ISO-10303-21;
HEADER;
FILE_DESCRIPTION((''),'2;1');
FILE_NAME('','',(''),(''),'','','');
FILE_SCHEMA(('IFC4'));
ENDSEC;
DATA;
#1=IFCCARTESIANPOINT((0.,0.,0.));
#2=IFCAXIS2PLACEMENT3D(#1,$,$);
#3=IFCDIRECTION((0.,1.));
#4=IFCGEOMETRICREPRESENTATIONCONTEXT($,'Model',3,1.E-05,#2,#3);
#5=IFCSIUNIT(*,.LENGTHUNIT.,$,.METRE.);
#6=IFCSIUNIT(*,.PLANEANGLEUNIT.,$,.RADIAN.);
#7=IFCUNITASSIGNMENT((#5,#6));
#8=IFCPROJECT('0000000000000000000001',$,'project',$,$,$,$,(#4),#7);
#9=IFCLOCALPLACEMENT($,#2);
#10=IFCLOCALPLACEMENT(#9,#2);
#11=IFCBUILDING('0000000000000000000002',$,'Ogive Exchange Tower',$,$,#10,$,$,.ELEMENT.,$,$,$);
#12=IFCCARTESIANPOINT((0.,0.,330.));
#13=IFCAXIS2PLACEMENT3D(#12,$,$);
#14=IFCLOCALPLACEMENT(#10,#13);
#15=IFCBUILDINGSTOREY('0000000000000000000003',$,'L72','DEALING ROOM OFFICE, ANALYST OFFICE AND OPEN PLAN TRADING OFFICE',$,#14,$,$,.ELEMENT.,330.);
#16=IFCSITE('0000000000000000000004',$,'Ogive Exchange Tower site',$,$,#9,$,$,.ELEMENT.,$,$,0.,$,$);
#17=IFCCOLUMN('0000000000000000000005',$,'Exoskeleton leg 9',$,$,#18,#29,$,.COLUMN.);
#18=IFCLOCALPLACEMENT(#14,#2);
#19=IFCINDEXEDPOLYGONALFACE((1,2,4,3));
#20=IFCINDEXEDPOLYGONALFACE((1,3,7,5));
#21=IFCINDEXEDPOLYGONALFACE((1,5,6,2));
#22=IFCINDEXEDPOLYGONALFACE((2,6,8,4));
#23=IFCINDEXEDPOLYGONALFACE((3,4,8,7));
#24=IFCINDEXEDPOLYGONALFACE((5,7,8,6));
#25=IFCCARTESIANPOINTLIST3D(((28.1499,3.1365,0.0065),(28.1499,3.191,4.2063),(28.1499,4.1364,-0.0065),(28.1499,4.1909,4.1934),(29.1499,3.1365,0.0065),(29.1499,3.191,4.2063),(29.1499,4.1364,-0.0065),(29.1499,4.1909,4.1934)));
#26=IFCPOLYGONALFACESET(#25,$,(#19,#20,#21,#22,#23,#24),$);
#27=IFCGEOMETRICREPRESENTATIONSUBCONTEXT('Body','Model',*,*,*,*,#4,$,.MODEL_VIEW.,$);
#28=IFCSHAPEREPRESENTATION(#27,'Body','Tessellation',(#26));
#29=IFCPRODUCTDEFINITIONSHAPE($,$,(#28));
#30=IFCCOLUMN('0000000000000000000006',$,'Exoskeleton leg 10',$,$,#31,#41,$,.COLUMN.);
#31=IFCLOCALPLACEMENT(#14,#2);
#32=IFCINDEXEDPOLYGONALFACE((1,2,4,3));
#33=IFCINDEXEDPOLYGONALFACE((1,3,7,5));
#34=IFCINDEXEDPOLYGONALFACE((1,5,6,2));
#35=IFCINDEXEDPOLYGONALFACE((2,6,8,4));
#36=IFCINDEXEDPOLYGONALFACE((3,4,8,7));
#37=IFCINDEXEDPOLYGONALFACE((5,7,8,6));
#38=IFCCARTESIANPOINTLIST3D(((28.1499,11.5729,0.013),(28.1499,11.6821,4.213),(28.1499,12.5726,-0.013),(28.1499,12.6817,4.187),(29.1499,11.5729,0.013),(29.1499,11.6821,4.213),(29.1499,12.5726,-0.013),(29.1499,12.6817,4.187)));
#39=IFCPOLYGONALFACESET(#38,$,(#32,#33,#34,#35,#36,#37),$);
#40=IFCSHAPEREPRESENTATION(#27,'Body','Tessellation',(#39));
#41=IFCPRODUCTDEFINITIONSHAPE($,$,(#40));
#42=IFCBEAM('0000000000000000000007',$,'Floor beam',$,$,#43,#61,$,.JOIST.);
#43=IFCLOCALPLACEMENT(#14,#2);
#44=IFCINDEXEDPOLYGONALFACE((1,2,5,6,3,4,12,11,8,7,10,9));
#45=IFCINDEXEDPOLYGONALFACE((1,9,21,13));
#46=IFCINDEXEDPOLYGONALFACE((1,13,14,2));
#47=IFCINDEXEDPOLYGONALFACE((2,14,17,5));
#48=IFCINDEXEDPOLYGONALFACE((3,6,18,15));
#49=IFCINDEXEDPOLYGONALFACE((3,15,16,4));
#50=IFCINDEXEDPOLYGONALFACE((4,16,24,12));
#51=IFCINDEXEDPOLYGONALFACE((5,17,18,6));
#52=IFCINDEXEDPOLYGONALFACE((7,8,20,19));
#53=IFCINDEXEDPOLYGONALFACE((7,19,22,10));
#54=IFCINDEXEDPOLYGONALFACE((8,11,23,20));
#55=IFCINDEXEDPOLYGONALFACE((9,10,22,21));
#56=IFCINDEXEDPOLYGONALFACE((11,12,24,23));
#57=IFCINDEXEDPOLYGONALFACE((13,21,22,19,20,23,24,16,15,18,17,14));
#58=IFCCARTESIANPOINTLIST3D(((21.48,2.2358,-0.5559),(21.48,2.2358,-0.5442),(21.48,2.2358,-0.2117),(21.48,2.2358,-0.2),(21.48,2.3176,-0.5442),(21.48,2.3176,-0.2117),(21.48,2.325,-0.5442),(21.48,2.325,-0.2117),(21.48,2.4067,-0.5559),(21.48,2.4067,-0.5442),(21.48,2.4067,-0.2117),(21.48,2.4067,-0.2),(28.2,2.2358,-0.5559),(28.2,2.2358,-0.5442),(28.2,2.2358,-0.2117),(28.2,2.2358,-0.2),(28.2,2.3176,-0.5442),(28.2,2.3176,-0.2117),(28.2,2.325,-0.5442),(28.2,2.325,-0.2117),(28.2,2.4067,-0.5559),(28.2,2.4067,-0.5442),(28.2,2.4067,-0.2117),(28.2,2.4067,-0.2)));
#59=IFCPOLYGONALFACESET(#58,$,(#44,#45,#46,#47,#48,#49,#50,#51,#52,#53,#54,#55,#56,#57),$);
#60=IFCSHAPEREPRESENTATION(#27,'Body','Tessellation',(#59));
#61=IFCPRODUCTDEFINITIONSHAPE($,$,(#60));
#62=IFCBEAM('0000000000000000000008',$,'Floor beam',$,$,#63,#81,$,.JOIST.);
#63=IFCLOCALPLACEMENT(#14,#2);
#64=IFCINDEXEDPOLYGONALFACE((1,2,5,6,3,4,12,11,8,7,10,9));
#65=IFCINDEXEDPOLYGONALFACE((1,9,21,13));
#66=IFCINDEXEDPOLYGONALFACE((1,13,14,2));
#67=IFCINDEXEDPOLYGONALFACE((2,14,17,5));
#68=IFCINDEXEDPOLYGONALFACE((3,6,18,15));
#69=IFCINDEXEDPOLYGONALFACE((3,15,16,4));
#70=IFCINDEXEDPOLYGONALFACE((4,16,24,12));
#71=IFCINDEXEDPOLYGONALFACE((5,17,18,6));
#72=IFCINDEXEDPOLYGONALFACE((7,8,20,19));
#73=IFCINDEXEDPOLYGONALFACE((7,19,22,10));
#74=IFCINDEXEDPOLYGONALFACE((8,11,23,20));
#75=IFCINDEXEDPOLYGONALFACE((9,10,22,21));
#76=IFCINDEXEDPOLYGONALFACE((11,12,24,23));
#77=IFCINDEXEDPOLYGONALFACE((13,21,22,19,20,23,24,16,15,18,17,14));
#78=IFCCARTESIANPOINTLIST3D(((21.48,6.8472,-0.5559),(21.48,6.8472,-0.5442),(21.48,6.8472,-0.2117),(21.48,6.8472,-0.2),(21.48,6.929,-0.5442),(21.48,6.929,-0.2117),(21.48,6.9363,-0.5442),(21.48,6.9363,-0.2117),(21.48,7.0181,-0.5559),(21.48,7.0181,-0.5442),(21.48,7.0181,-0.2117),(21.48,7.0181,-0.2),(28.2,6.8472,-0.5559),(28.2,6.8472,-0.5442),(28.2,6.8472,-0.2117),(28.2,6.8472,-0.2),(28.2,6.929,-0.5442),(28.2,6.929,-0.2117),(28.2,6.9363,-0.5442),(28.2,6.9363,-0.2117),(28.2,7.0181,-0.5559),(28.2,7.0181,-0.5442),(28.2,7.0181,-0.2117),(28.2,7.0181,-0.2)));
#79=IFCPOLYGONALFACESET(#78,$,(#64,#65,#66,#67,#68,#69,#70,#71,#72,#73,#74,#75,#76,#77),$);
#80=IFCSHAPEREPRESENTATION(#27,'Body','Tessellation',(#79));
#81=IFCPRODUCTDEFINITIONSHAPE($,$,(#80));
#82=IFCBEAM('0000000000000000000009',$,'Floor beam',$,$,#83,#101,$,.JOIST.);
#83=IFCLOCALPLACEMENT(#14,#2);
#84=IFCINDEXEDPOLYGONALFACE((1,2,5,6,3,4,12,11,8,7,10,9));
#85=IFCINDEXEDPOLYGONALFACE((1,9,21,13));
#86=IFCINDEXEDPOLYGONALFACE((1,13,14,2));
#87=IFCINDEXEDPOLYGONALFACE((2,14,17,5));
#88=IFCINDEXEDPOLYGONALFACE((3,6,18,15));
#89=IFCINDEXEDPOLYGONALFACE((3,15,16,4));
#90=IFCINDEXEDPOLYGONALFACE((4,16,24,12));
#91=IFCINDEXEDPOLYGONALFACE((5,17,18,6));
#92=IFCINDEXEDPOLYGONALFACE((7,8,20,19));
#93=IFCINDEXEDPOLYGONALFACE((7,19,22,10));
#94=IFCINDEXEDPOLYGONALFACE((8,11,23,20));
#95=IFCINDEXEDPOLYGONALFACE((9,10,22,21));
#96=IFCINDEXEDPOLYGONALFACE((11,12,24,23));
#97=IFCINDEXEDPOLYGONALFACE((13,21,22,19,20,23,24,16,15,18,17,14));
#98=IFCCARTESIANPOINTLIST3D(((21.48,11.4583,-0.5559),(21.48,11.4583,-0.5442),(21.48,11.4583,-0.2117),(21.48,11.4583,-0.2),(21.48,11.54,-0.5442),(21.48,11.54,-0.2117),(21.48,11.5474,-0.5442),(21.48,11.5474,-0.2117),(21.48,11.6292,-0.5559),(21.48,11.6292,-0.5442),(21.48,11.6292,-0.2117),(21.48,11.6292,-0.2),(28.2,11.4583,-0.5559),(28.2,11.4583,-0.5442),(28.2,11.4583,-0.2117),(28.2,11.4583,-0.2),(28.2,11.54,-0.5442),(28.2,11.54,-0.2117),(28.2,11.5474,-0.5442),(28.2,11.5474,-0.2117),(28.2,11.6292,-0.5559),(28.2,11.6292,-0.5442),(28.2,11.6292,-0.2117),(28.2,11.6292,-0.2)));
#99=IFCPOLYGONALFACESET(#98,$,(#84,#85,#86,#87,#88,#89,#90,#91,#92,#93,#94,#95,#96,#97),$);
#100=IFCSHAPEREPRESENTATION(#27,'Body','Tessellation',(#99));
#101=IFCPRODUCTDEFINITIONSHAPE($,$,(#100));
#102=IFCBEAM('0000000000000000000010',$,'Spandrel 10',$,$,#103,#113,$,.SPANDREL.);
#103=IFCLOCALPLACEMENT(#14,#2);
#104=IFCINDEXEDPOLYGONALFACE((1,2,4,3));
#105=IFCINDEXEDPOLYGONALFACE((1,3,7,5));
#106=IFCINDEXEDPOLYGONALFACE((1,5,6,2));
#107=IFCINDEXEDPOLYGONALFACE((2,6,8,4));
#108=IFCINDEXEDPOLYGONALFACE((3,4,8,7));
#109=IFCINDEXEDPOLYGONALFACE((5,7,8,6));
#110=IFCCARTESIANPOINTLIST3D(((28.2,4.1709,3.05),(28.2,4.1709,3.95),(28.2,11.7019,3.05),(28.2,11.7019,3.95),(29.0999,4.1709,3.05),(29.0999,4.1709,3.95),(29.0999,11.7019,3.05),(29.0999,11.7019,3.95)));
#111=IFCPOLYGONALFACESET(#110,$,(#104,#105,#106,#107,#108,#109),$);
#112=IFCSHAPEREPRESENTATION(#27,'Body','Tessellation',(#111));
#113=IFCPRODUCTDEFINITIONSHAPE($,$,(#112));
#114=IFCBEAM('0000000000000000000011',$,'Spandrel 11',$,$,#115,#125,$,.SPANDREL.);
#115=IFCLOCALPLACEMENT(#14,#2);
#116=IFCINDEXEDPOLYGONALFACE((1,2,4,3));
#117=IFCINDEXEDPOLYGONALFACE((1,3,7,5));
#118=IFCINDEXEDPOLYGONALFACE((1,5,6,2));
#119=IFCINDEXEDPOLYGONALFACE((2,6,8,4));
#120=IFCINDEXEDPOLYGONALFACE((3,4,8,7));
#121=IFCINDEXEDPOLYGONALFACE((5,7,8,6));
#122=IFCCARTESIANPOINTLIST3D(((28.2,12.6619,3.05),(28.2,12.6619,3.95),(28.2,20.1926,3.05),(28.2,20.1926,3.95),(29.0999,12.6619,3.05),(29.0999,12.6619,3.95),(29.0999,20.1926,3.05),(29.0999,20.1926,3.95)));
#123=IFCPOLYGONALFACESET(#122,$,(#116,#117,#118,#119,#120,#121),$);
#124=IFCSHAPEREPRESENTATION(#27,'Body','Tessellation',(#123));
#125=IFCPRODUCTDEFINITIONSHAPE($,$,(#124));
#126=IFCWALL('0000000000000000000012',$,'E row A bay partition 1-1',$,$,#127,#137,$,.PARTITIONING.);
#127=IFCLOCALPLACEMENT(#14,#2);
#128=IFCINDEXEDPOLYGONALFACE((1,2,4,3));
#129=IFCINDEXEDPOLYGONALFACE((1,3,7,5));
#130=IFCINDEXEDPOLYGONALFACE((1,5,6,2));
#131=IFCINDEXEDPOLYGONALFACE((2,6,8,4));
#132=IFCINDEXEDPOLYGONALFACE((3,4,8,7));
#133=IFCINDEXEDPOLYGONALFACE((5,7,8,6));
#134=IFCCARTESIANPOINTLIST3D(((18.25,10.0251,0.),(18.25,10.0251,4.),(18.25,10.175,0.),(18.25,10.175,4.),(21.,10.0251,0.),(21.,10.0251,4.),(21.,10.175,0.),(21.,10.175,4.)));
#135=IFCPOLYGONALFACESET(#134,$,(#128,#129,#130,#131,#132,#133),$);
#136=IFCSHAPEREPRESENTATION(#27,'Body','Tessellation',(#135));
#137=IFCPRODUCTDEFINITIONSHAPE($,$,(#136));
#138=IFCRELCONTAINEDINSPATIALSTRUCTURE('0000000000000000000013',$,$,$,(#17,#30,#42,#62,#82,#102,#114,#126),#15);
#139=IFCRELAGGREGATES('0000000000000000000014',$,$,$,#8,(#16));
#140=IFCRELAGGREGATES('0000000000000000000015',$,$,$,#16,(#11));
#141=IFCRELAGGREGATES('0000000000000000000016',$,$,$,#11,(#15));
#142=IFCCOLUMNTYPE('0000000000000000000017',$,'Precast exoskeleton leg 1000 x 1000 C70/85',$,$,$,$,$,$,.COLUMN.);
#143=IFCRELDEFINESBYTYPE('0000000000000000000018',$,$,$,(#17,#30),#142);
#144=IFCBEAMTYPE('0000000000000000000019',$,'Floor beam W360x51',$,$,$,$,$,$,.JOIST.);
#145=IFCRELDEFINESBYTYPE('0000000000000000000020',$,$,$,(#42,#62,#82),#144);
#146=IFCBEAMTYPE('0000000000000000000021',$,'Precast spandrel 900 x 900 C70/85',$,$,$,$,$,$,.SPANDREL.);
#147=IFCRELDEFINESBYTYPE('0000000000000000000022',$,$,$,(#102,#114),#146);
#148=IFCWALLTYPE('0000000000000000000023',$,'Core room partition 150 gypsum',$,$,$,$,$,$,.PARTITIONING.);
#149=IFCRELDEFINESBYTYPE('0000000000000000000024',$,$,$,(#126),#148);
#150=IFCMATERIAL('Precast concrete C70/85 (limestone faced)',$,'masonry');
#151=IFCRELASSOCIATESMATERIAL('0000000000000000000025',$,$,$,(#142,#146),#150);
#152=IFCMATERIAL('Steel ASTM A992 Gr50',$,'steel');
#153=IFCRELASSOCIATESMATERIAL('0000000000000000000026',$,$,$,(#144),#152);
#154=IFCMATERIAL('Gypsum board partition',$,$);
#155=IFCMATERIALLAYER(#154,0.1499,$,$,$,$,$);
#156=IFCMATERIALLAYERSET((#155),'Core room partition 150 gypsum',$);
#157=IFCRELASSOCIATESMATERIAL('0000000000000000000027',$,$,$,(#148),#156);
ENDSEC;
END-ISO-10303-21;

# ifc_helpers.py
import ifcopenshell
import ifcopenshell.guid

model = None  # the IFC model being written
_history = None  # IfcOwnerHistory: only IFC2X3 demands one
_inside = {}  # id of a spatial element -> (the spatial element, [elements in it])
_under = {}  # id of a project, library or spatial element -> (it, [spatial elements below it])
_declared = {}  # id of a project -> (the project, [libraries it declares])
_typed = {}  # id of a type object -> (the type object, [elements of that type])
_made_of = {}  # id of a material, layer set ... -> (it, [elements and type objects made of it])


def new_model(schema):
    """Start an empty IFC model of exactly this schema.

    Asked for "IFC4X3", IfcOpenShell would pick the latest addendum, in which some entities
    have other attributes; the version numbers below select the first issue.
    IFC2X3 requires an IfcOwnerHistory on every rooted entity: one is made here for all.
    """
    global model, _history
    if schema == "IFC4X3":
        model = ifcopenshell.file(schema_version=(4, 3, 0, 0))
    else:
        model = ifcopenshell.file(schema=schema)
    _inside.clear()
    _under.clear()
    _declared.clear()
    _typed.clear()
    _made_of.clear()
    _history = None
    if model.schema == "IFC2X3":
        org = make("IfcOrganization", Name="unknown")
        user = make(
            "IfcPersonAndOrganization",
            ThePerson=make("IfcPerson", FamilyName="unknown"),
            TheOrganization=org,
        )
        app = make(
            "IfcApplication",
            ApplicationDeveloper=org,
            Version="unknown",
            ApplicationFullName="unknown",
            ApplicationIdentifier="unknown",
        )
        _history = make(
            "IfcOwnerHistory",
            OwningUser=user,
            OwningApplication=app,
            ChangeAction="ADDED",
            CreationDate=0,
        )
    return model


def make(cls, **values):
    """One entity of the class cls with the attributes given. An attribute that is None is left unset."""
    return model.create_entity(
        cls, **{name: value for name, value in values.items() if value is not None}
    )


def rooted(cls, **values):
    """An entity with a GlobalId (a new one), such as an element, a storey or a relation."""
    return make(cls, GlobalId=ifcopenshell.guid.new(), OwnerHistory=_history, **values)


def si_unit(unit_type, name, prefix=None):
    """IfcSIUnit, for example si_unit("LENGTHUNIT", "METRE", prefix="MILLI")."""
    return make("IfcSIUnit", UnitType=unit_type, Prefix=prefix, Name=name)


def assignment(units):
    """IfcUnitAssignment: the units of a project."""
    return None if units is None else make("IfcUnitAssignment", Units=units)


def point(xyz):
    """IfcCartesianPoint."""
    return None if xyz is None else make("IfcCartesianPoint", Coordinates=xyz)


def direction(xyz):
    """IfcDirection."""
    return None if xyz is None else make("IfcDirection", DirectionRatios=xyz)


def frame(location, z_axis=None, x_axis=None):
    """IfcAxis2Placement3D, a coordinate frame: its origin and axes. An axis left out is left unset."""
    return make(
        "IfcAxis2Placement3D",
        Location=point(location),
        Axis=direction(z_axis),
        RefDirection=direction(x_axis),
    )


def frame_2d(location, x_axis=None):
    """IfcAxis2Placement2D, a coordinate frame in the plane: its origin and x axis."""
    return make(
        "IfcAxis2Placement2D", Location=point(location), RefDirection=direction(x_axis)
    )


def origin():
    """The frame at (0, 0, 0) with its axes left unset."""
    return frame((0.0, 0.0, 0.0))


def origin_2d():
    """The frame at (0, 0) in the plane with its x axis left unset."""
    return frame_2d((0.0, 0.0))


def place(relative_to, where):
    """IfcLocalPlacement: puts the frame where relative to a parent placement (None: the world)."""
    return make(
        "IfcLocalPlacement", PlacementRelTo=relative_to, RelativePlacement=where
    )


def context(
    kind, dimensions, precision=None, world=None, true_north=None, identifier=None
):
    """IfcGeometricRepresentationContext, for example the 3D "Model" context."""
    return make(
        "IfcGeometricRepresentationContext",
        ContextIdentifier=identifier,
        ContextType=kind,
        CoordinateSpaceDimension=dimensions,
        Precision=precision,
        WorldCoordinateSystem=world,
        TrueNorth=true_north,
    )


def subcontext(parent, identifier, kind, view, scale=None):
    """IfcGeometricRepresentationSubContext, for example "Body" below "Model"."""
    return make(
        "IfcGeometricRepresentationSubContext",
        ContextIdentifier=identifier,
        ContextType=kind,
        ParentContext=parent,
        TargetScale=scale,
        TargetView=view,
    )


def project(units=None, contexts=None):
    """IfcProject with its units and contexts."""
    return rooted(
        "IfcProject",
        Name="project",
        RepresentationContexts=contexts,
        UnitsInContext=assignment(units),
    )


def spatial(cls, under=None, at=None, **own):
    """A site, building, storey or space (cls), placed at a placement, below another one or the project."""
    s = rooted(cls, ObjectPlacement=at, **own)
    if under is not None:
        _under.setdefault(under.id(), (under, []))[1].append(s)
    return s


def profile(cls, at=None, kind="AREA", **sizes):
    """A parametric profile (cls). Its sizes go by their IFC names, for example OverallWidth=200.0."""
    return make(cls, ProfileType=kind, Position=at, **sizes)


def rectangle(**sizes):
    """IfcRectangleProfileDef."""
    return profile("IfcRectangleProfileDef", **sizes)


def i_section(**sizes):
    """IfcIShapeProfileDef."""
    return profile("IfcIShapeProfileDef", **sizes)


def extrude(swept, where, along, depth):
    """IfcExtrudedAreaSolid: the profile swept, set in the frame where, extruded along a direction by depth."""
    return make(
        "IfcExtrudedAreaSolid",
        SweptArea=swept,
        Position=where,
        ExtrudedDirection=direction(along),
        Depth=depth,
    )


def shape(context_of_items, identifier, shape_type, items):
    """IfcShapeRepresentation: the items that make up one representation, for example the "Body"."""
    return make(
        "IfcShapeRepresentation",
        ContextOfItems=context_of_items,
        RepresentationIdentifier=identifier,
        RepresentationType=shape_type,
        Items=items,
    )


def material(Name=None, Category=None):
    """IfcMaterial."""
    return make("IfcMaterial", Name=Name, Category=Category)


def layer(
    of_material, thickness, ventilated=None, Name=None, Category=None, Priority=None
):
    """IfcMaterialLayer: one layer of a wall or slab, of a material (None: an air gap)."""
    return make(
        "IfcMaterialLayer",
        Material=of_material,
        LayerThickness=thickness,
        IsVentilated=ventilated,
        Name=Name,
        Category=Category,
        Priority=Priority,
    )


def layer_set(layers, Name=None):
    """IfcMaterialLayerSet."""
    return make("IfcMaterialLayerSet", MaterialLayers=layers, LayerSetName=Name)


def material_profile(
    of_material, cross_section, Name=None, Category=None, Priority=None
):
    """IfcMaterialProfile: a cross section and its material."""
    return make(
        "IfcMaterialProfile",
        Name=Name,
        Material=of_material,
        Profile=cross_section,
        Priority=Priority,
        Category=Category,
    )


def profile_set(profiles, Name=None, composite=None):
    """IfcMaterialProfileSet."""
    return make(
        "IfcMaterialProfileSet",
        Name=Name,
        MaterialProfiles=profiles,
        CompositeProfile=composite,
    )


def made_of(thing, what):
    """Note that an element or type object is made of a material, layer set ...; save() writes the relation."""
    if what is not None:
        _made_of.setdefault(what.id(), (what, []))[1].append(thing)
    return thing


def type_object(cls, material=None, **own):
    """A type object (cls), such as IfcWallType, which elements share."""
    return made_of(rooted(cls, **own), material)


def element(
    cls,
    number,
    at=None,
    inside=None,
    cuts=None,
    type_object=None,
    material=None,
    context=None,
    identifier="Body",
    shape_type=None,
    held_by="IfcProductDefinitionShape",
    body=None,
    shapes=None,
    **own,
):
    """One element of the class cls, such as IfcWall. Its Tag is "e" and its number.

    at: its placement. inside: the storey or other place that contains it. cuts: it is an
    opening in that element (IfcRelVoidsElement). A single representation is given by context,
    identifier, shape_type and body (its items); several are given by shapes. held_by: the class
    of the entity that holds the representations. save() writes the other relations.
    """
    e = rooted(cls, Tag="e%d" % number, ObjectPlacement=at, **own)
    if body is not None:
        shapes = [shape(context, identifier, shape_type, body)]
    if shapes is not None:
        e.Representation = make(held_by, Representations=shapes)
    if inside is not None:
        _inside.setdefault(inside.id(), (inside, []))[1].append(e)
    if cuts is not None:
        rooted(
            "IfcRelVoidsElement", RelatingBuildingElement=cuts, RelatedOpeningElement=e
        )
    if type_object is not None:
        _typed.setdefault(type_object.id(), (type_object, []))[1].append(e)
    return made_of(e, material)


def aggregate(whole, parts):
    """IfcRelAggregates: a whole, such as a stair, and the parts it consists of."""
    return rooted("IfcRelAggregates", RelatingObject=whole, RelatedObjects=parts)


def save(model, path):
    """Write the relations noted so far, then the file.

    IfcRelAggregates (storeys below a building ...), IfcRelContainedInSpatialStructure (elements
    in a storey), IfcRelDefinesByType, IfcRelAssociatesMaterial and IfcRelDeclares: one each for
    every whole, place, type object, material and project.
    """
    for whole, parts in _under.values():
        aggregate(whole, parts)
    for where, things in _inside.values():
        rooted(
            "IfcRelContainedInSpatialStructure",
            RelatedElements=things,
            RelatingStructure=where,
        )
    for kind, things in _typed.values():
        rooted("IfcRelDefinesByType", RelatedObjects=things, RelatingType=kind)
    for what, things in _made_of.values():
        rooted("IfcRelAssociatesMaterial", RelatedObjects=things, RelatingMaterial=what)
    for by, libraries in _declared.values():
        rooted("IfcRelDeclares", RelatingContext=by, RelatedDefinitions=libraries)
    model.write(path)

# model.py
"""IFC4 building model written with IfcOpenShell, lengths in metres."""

from ifc_helpers import new_model, si_unit, direction, frame, frame_2d, origin, origin_2d, place, context, subcontext, project, spatial, rectangle, i_section, extrude, material, layer, layer_set, material_profile, profile_set, type_object, element, save


model = new_model("IFC4")

# Units and contexts
model_context = context("Model", 3, precision=1e-05, world=origin(), true_north=direction((0.0, 1.0)))
body_context = subcontext(model_context, "Body", "Model", "MODEL_VIEW")
ifc_project = project(units=[si_unit("LENGTHUNIT", "METRE"), si_unit("PLANEANGLEUNIT", "RADIAN")], contexts=[model_context])

# Site, building, storey
site_placement = place(None, origin())
site = spatial("IfcSite", under=ifc_project, at=site_placement, Name="Ogive Exchange Tower site", CompositionType="ELEMENT", RefElevation=0.0)
building_placement = place(site_placement, origin())
building = spatial("IfcBuilding", under=site, at=building_placement, Name="Ogive Exchange Tower", CompositionType="ELEMENT")
storey_placement = place(building_placement, frame((0.0, 0.0, 330.0)))
storey = spatial("IfcBuildingStorey", under=building, at=storey_placement, Name="L72", Description="DEALING ROOM OFFICE, ANALYST OFFICE AND OPEN PLAN TRADING OFFICE", CompositionType="ELEMENT", Elevation=330.0)

# Columns
ifc_material_1 = material(Name="Precast concrete C70/85 (limestone faced)", Category="masonry")
ifc_material_profile_1 = material_profile(ifc_material_1, rectangle(XDim=1.0, YDim=1.0, at=origin_2d()), Name="1000 x 1000")
ifc_profile_set_1 = profile_set([ifc_material_profile_1], Name="Precast concrete C70/85 (limestone faced)")
column_type = type_object("IfcColumnType", Name="Precast exoskeleton leg 1000 x 1000 C70/85", PredefinedType="COLUMN", material=ifc_profile_set_1)
column_1_placement = place(storey_placement, frame((28.6499, 3.6365, 0.0), z_axis=(0.0, 0.012962, 0.999916), x_axis=(-1.0, 0.0, 0.0)))
element("IfcColumn", 1, at=column_1_placement, inside=storey, type_object=column_type, Name="Exoskeleton leg 9", PredefinedType="COLUMN", context=body_context, shape_type="SweptSolid", body=[
    extrude(rectangle(XDim=1.0, YDim=1.0, at=origin_2d()), origin(), (0.0, 0.0, 1.0), 4.2002),
])
column_2_placement = place(storey_placement, frame((28.6499, 12.0728, 0.0), z_axis=(0.0, 0.025975, 0.999663), x_axis=(-1.0, 0.0, 0.0)))
element("IfcColumn", 2, at=column_2_placement, inside=storey, type_object=column_type, Name="Exoskeleton leg 10", PredefinedType="COLUMN", context=body_context, shape_type="SweptSolid", body=[
    extrude(rectangle(XDim=1.0, YDim=1.0, at=origin_2d()), origin(), (0.0, 0.0, 1.0), 4.2014),
])

# Beams
ifc_material_2 = material(Name="Steel ASTM A992 Gr50", Category="steel")
ifc_material_profile_2 = material_profile(ifc_material_2, i_section(OverallWidth=0.1709, OverallDepth=0.356, WebThickness=0.0073, FlangeThickness=0.0117, at=origin_2d()), Name="W360x51")
ifc_profile_set_2 = profile_set([ifc_material_profile_2], Name="Steel ASTM A992 Gr50")
beam_type_1 = type_object("IfcBeamType", Name="Floor beam W360x51", PredefinedType="JOIST", material=ifc_profile_set_2)
for number, where, z_axis, x_axis, name in (
    (3, (21.48, 2.3213, -0.3779), (1.0, 0.0, 0.0), (0.0, 1.0, 0.0), "Floor beam"),
    (4, (21.48, 6.9326, -0.3779), (1.0, 0.0, 0.0), (0.0, 1.0, 0.0), "Floor beam"),
    (5, (21.48, 11.5437, -0.3779), (1.0, 0.0, 0.0), (0.0, 1.0, 0.0), "Floor beam"),
):
    element("IfcBeam", number, at=place(storey_placement, frame(where, z_axis=z_axis, x_axis=x_axis)), inside=storey, type_object=beam_type_1, Name=name, PredefinedType="JOIST", context=body_context, shape_type="SweptSolid", body=[
        extrude(i_section(OverallWidth=0.1709, OverallDepth=0.356, WebThickness=0.0073, FlangeThickness=0.0117, at=origin_2d()), origin(), (0.0, 0.0, 1.0), 6.72),
    ])
ifc_material_profile_3 = material_profile(ifc_material_1, rectangle(XDim=0.8999, YDim=0.8999, at=origin_2d()), Name="900 x 900")
ifc_profile_set_3 = profile_set([ifc_material_profile_3], Name="Precast concrete C70/85 (limestone faced)")
beam_type_2 = type_object("IfcBeamType", Name="Precast spandrel 900 x 900 C70/85", PredefinedType="SPANDREL", material=ifc_profile_set_3)
beam_1_placement = place(storey_placement, frame((28.6499, 4.1709, 3.5), z_axis=(0.0, 1.0, 0.0), x_axis=(-1.0, 0.0, 0.0)))
element("IfcBeam", 6, at=beam_1_placement, inside=storey, type_object=beam_type_2, Name="Spandrel 10", PredefinedType="SPANDREL", context=body_context, shape_type="SweptSolid", body=[
    extrude(rectangle(XDim=0.8999, YDim=0.8999, at=origin_2d()), origin(), (0.0, 0.0, 1.0), 7.531),
])
beam_2_placement = place(storey_placement, frame((28.6499, 12.6619, 3.5), z_axis=(0.0, 1.0, 0.0), x_axis=(-1.0, 0.0, 0.0)))
element("IfcBeam", 7, at=beam_2_placement, inside=storey, type_object=beam_type_2, Name="Spandrel 11", PredefinedType="SPANDREL", context=body_context, shape_type="SweptSolid", body=[
    extrude(rectangle(XDim=0.8999, YDim=0.8999, at=origin_2d()), origin(), (0.0, 0.0, 1.0), 7.5308),
])

# Wall
ifc_material_3 = material(Name="Gypsum board partition")
ifc_layer_1 = layer(ifc_material_3, 0.1499)
ifc_layer_set_1 = layer_set([ifc_layer_1], Name="Core room partition 150 gypsum")
wall_type_1 = type_object("IfcWallType", Name="Core room partition 150 gypsum", PredefinedType="PARTITIONING", material=ifc_layer_set_1)
wall_1_placement = place(storey_placement, frame((18.25, 10.1001, 0.0), z_axis=(0.0, 0.0, 1.0), x_axis=(1.0, 0.0, 0.0)))
element("IfcWall", 8, at=wall_1_placement, inside=storey, type_object=wall_type_1, Name="E row A bay partition 1-1", PredefinedType="PARTITIONING", context=body_context, shape_type="SweptSolid", body=[
    extrude(rectangle(XDim=2.75, YDim=0.1499, at=frame_2d((1.375, 0.0))), origin(), (0.0, 0.0, 1.0), 4.0),
])

save(model, "model.ifc")
